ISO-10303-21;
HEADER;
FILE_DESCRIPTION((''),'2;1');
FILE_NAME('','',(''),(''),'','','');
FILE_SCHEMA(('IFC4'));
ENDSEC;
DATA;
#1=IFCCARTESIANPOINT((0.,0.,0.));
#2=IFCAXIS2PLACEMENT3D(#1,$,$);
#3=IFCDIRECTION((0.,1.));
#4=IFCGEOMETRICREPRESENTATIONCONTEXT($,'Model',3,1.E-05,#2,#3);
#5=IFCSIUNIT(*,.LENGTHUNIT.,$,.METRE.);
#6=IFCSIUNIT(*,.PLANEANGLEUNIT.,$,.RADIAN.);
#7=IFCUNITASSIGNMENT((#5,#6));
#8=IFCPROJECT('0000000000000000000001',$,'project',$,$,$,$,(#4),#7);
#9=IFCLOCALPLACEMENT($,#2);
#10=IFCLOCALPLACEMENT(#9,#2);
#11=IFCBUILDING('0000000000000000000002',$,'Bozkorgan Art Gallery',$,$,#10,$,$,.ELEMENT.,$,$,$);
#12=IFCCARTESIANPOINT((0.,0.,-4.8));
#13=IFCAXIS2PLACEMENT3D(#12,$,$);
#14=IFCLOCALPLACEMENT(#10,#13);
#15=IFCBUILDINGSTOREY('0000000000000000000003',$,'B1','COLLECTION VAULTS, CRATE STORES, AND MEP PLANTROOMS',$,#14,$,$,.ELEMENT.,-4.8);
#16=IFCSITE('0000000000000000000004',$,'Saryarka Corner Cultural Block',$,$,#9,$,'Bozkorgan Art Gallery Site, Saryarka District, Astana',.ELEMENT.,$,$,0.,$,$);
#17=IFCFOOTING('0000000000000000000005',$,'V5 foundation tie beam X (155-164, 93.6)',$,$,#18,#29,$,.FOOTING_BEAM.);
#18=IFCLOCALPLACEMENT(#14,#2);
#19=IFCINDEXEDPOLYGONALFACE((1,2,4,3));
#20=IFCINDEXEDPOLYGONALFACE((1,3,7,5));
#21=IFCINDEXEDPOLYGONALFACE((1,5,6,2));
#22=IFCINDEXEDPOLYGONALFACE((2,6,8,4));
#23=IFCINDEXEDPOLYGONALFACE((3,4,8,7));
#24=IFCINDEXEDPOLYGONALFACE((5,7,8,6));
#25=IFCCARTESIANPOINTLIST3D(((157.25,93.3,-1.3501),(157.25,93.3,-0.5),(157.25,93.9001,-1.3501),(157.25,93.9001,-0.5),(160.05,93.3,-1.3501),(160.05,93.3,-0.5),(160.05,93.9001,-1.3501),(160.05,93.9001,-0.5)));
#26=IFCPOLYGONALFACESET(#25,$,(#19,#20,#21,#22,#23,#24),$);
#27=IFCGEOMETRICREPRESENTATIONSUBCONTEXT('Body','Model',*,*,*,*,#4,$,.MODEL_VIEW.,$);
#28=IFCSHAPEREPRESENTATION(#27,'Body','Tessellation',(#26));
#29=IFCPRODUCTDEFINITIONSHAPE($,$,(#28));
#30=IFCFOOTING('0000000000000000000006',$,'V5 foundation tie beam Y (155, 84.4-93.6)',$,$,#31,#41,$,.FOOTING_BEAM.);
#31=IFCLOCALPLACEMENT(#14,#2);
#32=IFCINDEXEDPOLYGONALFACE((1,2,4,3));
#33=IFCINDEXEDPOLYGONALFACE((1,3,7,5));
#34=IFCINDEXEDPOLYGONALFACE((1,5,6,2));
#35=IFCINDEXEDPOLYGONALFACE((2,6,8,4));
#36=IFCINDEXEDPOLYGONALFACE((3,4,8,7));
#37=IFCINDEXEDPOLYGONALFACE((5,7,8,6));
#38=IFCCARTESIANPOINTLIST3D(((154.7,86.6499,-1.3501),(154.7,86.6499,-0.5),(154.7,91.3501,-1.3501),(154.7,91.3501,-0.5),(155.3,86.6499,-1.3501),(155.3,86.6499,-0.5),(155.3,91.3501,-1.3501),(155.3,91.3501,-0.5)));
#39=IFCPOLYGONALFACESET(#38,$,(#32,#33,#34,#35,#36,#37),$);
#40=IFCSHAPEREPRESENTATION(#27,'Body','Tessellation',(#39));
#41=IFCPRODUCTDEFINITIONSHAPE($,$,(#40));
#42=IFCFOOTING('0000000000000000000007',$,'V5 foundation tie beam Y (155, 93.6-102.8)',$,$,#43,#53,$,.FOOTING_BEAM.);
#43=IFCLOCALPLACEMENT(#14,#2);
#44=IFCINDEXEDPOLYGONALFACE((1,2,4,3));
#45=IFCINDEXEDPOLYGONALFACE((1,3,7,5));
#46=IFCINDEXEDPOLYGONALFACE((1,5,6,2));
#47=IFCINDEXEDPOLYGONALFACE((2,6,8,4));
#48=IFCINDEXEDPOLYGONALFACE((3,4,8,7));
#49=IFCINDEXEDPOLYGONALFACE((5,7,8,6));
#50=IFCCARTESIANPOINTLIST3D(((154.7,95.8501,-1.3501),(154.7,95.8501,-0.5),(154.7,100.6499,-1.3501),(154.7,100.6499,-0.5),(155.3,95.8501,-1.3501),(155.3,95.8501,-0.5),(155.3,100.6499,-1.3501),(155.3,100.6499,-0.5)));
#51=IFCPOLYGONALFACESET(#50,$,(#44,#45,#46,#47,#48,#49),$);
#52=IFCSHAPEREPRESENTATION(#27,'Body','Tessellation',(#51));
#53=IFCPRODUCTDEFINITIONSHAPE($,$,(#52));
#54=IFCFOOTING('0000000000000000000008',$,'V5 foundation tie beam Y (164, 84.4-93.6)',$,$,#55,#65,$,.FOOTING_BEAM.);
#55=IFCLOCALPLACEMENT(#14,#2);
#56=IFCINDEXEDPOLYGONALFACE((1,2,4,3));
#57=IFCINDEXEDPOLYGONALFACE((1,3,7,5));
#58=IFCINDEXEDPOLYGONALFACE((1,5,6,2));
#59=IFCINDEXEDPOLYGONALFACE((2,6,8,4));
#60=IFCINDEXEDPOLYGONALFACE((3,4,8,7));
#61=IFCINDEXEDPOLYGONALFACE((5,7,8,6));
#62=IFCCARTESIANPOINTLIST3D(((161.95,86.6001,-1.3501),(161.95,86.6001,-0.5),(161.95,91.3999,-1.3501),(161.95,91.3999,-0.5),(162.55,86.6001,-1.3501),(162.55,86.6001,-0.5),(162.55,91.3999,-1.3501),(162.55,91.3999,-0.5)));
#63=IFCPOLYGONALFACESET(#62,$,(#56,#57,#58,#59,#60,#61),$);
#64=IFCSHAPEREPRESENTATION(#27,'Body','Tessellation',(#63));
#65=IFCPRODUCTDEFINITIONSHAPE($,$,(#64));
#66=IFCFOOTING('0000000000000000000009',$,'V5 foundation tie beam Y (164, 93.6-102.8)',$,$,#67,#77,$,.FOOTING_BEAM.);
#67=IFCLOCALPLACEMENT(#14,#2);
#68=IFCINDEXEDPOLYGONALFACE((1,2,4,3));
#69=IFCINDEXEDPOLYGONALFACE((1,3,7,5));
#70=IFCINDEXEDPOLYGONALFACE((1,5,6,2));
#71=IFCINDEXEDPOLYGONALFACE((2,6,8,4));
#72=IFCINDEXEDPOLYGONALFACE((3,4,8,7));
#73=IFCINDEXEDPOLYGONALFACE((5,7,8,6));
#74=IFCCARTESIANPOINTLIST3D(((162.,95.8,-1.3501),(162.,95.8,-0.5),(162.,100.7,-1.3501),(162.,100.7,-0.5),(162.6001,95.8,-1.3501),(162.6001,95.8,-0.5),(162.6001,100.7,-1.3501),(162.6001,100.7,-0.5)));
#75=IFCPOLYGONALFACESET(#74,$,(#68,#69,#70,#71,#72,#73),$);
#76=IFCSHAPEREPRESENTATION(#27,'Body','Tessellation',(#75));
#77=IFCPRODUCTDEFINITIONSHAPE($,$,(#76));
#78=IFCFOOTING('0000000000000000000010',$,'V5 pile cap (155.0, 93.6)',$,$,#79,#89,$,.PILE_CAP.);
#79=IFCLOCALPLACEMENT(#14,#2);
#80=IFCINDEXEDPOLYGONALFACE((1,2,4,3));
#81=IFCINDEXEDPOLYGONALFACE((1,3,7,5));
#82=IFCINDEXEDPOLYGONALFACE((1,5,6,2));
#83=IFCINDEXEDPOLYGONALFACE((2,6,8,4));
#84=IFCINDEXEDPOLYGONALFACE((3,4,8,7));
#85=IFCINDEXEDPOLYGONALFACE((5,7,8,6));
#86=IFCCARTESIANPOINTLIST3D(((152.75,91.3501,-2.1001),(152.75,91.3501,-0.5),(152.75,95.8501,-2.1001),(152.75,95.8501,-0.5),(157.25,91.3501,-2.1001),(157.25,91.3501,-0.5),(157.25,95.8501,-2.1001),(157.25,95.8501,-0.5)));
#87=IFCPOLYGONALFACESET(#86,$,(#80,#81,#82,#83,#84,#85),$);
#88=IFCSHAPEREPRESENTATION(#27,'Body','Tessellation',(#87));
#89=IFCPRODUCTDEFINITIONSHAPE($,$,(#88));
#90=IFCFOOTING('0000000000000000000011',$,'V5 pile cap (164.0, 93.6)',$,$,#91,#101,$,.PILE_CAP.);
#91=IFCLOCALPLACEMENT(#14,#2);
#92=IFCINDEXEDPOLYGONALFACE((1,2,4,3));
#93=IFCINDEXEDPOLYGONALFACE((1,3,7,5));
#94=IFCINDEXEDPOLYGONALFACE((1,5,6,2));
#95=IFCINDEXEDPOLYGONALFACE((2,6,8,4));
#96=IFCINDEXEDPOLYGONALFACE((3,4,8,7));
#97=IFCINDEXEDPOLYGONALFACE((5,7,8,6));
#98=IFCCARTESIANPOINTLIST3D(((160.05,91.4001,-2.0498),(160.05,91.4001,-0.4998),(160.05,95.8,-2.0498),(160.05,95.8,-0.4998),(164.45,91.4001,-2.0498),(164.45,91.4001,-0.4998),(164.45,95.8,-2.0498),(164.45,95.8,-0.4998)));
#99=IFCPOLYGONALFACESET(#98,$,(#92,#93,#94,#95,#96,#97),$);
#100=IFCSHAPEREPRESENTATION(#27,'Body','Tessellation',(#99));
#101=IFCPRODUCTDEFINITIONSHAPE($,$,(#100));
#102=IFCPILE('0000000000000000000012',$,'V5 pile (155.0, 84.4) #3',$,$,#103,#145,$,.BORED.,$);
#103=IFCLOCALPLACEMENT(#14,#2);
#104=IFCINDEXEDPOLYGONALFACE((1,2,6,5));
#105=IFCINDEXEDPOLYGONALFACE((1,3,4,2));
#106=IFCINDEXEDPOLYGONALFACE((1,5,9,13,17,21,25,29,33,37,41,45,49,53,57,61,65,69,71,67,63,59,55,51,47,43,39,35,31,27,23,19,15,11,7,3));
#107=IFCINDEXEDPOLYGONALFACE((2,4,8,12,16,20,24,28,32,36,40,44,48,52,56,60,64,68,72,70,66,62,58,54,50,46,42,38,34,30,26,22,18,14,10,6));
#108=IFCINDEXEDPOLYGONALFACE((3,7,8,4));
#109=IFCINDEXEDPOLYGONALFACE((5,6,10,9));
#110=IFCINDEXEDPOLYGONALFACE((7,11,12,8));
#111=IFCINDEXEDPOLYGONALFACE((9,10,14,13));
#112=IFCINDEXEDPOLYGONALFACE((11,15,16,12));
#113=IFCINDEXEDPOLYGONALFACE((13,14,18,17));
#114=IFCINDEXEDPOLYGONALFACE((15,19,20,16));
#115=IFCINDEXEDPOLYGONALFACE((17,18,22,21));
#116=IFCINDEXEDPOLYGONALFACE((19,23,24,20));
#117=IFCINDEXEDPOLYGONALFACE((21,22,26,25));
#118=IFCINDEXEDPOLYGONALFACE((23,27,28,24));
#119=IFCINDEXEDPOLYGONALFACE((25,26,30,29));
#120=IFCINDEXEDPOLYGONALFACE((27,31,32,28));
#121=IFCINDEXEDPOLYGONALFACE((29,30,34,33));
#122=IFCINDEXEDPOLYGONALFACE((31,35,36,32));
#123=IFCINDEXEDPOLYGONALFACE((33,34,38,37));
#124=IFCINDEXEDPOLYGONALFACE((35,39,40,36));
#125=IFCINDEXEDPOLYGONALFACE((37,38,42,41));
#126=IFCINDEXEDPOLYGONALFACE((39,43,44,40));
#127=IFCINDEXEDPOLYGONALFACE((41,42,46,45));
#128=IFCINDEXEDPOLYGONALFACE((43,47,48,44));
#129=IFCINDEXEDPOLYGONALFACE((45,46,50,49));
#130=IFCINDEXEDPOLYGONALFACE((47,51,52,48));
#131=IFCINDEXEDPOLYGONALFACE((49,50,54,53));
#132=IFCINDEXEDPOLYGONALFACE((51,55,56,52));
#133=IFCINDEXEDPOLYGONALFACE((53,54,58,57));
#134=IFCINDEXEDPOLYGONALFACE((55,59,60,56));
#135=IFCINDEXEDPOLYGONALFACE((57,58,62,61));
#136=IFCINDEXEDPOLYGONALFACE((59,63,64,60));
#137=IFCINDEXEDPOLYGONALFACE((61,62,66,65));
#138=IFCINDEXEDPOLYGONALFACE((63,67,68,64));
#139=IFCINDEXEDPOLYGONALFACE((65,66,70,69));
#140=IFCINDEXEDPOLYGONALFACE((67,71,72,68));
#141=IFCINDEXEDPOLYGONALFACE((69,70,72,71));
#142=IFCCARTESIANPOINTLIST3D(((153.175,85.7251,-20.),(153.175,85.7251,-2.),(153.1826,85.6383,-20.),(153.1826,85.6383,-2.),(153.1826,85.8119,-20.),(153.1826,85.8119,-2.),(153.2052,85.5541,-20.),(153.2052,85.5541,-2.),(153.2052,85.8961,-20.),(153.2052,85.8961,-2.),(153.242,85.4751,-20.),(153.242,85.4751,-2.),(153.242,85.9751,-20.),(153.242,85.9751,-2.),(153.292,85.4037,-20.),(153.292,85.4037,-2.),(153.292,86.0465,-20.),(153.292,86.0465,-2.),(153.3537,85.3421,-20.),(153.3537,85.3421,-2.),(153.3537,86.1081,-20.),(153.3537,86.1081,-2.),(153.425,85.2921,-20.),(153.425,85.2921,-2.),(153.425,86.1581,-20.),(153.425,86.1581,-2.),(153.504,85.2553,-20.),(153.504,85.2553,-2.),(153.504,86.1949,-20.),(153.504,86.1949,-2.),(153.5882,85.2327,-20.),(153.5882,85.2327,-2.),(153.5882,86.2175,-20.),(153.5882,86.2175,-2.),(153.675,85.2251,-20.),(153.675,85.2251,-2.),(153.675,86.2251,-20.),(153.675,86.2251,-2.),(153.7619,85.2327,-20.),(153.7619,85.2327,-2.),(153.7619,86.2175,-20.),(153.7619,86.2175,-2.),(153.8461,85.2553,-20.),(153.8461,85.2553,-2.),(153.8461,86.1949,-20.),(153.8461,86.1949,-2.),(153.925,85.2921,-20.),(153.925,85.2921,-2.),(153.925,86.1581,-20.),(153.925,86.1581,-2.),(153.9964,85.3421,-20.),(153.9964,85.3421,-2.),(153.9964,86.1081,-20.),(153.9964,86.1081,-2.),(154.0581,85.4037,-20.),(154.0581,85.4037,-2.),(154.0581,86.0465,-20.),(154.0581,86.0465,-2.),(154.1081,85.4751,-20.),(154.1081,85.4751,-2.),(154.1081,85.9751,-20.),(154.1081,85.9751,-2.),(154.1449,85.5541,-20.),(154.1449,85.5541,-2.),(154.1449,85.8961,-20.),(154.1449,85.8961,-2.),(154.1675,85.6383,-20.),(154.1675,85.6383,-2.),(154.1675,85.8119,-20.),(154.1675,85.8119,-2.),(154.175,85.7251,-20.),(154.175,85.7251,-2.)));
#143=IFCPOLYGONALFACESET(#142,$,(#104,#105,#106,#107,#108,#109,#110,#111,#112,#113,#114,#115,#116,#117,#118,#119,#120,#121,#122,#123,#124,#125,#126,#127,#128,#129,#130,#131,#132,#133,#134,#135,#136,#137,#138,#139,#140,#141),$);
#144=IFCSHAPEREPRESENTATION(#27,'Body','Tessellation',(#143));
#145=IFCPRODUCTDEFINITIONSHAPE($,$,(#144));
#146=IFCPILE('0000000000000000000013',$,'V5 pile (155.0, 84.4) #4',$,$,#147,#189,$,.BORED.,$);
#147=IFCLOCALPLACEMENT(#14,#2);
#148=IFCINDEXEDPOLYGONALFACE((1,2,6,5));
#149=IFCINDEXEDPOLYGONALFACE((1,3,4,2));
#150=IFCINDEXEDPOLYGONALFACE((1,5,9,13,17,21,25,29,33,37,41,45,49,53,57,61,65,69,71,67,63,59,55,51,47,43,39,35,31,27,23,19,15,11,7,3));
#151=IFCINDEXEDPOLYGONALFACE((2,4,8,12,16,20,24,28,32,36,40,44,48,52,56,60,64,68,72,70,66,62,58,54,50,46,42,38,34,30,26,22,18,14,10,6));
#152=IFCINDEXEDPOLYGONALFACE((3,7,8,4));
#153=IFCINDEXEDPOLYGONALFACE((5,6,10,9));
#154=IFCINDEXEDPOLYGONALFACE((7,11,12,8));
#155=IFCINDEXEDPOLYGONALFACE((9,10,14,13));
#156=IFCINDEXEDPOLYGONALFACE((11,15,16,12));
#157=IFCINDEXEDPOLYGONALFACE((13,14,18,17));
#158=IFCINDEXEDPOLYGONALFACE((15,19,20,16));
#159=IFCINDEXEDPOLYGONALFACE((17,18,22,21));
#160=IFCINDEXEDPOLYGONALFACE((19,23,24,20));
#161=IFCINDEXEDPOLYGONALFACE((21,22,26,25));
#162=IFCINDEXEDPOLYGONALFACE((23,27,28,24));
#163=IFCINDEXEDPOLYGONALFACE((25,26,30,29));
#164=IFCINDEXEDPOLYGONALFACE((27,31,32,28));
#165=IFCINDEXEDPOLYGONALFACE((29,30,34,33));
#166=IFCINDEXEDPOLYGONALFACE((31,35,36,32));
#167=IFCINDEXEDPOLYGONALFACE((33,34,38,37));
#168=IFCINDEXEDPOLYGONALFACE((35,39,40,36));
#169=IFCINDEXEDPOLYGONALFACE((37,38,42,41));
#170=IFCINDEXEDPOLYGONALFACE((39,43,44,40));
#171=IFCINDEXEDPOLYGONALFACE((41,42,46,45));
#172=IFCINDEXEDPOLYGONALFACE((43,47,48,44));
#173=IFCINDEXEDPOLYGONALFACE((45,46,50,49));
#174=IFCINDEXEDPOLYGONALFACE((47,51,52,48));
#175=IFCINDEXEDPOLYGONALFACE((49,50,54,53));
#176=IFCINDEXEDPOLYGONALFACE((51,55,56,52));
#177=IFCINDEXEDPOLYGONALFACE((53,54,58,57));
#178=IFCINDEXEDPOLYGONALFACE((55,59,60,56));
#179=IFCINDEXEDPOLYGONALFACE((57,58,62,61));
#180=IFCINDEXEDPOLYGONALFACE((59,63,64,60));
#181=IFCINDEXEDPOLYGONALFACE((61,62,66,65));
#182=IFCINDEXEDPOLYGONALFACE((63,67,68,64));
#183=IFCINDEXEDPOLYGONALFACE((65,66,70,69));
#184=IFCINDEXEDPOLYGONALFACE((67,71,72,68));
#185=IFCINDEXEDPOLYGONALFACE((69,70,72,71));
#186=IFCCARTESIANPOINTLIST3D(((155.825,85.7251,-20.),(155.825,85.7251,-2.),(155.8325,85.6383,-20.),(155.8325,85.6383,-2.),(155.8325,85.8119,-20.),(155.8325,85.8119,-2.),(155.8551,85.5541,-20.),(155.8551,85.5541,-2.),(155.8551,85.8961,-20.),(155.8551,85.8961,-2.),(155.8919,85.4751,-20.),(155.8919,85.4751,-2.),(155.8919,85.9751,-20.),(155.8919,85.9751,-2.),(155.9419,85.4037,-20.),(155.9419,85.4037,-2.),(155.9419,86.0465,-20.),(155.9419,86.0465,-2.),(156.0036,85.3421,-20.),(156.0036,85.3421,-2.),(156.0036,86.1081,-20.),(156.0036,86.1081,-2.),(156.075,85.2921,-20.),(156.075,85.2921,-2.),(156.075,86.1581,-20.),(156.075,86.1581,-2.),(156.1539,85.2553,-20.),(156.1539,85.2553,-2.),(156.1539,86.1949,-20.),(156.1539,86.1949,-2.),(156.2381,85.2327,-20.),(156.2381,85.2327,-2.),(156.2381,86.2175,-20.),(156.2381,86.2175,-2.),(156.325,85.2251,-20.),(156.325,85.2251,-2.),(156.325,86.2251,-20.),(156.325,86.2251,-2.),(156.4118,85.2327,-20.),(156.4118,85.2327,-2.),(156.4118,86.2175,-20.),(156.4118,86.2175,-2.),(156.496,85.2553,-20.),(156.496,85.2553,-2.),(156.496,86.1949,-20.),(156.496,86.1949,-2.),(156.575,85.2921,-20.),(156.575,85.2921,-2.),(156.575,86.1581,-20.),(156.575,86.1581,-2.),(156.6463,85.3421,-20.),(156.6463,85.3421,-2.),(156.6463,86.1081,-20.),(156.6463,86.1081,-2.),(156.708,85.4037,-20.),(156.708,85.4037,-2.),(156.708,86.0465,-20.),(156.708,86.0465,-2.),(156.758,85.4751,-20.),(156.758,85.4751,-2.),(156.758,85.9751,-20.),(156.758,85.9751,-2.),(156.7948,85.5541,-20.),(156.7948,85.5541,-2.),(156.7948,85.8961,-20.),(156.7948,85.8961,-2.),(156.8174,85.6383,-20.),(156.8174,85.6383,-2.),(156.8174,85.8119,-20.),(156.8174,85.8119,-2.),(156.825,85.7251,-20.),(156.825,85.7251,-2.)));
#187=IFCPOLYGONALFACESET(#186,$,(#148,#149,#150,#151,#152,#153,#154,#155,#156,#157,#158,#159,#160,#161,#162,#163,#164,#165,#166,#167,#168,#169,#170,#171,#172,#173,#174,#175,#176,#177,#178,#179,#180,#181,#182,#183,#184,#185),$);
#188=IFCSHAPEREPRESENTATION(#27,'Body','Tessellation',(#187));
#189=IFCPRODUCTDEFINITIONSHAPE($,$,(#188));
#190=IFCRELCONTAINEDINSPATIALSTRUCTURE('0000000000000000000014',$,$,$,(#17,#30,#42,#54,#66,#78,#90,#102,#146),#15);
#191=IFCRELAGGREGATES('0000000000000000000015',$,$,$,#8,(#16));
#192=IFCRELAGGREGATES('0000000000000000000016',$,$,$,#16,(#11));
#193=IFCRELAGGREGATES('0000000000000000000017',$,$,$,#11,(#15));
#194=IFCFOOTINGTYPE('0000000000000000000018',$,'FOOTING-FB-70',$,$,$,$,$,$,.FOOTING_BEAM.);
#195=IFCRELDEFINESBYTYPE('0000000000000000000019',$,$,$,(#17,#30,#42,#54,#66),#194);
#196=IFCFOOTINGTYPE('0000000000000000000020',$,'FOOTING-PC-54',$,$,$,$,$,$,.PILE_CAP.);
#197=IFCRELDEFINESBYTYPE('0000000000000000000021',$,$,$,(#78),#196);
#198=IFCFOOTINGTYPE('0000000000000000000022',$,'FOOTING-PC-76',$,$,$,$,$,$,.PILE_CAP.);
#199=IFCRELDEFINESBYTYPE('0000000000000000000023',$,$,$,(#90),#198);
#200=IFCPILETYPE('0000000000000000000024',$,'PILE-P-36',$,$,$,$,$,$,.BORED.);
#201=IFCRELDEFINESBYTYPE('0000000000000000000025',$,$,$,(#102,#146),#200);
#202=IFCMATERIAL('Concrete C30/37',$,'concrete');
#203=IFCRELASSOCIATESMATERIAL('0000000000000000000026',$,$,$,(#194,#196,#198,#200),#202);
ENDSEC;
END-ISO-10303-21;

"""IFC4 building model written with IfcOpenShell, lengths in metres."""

from ifc_helpers import new_model, si_unit, direction, frame, origin, origin_2d, place, context, subcontext, project, spatial, rectangle, circle, extrude, material, material_profile, profile_set, type_object, element, save


model = new_model("IFC4")

# Units and contexts
model_context = context("Model", 3, precision=1e-05, world=origin(), true_north=direction((0.0, 1.0)))
body_context = subcontext(model_context, "Body", "Model", "MODEL_VIEW")
ifc_project = project(units=[si_unit("LENGTHUNIT", "METRE"), si_unit("PLANEANGLEUNIT", "RADIAN")], contexts=[model_context])

# Site, building, storey
site_placement = place(None, origin())
site = spatial("IfcSite", under=ifc_project, at=site_placement, Name="Saryarka Corner Cultural Block", LongName="Bozkorgan Art Gallery Site, Saryarka District, Astana", CompositionType="ELEMENT", RefElevation=0.0)
building_placement = place(site_placement, origin())
building = spatial("IfcBuilding", under=site, at=building_placement, Name="Bozkorgan Art Gallery", CompositionType="ELEMENT")
storey_placement = place(building_placement, frame((0.0, 0.0, -4.8)))
storey = spatial("IfcBuildingStorey", under=building, at=storey_placement, Name="B1", Description="COLLECTION VAULTS, CRATE STORES, AND MEP PLANTROOMS", CompositionType="ELEMENT", Elevation=-4.8)

# Footings
ifc_material_1 = material(Name="Concrete C30/37", Category="concrete")
ifc_material_profile_1 = material_profile(ifc_material_1, rectangle(XDim=0.6001, YDim=0.8501, at=origin_2d()), Name="FND 600x850")
ifc_profile_set_1 = profile_set([ifc_material_profile_1], Name="Concrete C30/37")
footing_type_1 = type_object("IfcFootingType", Name="FOOTING-FB-70", PredefinedType="FOOTING_BEAM", material=ifc_profile_set_1)
footing_1_placement = place(storey_placement, frame((157.25, 93.6001, -0.925), z_axis=(1.0, 0.0, 0.0), x_axis=(0.0, 1.0, 0.0)))
element("IfcFooting", 1, at=footing_1_placement, inside=storey, type_object=footing_type_1, Name="V5 foundation tie beam X (155-164, 93.6)", PredefinedType="FOOTING_BEAM", context=body_context, shape_type="SweptSolid", body=[
    extrude(rectangle(XDim=0.6001, YDim=0.8501, at=origin_2d()), origin(), (0.0, 0.0, 1.0), 2.8),
])
footing_2_placement = place(storey_placement, frame((155.0, 86.6499, -0.925), z_axis=(0.0, 1.0, 0.0), x_axis=(-1.0, 0.0, 0.0)))
element("IfcFooting", 2, at=footing_2_placement, inside=storey, type_object=footing_type_1, Name="V5 foundation tie beam Y (155, 84.4-93.6)", PredefinedType="FOOTING_BEAM", context=body_context, shape_type="SweptSolid", body=[
    extrude(rectangle(XDim=0.6001, YDim=0.8501, at=origin_2d()), origin(), (0.0, 0.0, 1.0), 4.7002),
])
for number, where, z_axis, x_axis, name in (
    (3, (155.0, 95.8501, -0.925), (0.0, 1.0, 0.0), (-1.0, 0.0, 0.0), "V5 foundation tie beam Y (155, 93.6-102.8)"),
    (4, (162.25, 86.6001, -0.925), (0.0, 1.0, 0.0), (-1.0, 0.0, 0.0), "V5 foundation tie beam Y (164, 84.4-93.6)"),
):
    element("IfcFooting", number, at=place(storey_placement, frame(where, z_axis=z_axis, x_axis=x_axis)), inside=storey, type_object=footing_type_1, Name=name, PredefinedType="FOOTING_BEAM", context=body_context, shape_type="SweptSolid", body=[
        extrude(rectangle(XDim=0.6001, YDim=0.8501, at=origin_2d()), origin(), (0.0, 0.0, 1.0), 4.7998),
    ])
footing_3_placement = place(storey_placement, frame((162.3, 95.8, -0.925), z_axis=(0.0, 1.0, 0.0), x_axis=(-1.0, 0.0, 0.0)))
element("IfcFooting", 5, at=footing_3_placement, inside=storey, type_object=footing_type_1, Name="V5 foundation tie beam Y (164, 93.6-102.8)", PredefinedType="FOOTING_BEAM", context=body_context, shape_type="SweptSolid", body=[
    extrude(rectangle(XDim=0.6001, YDim=0.8501, at=origin_2d()), origin(), (0.0, 0.0, 1.0), 4.8999),
])
footing_type_2 = type_object("IfcFootingType", Name="FOOTING-PC-54", PredefinedType="PILE_CAP", material=ifc_material_1)
footing_4_placement = place(storey_placement, frame((155.0, 93.6001, -2.1001), z_axis=(0.0, 0.0, 1.0), x_axis=(1.0, 0.0, 0.0)))
element("IfcFooting", 6, at=footing_4_placement, inside=storey, type_object=footing_type_2, Name="V5 pile cap (155.0, 93.6)", PredefinedType="PILE_CAP", context=body_context, shape_type="SweptSolid", body=[
    extrude(rectangle(XDim=4.5, YDim=4.5, at=origin_2d()), origin(), (0.0, 0.0, 1.0), 1.6001),
])
footing_type_3 = type_object("IfcFootingType", Name="FOOTING-PC-76", PredefinedType="PILE_CAP", material=ifc_material_1)
footing_5_placement = place(storey_placement, frame((162.25, 93.6001, -2.0498), z_axis=(0.0, 0.0, 1.0), x_axis=(1.0, 0.0, 0.0)))
element("IfcFooting", 7, at=footing_5_placement, inside=storey, type_object=footing_type_3, Name="V5 pile cap (164.0, 93.6)", PredefinedType="PILE_CAP", context=body_context, shape_type="SweptSolid", body=[
    extrude(rectangle(XDim=4.3999, YDim=4.3999, at=origin_2d()), origin(), (0.0, 0.0, 1.0), 1.55),
])

# Piles
ifc_material_profile_2 = material_profile(ifc_material_1, circle(Radius=0.5, at=origin_2d()), Name="PILE D1000")
ifc_profile_set_2 = profile_set([ifc_material_profile_2], Name="Concrete C30/37")
pile_type_1 = type_object("IfcPileType", Name="PILE-P-36", PredefinedType="BORED", material=ifc_profile_set_2)
for number, where, z_axis, x_axis, name in (
    (8, (153.675, 85.7251, -2.0), (0.0, 0.0, -1.0), (1.0, 0.0, 0.0), "V5 pile (155.0, 84.4) #3"),
    (9, (156.325, 85.7251, -2.0), (0.0, 0.0, -1.0), (1.0, 0.0, 0.0), "V5 pile (155.0, 84.4) #4"),
):
    element("IfcPile", number, at=place(storey_placement, frame(where, z_axis=z_axis, x_axis=x_axis)), inside=storey, type_object=pile_type_1, Name=name, PredefinedType="BORED", context=body_context, shape_type="SweptSolid", body=[
        extrude(circle(Radius=0.5, at=origin_2d()), origin(), (0.0, 0.0, 1.0), 18.0),
    ])

save(model, "model.ifc")
